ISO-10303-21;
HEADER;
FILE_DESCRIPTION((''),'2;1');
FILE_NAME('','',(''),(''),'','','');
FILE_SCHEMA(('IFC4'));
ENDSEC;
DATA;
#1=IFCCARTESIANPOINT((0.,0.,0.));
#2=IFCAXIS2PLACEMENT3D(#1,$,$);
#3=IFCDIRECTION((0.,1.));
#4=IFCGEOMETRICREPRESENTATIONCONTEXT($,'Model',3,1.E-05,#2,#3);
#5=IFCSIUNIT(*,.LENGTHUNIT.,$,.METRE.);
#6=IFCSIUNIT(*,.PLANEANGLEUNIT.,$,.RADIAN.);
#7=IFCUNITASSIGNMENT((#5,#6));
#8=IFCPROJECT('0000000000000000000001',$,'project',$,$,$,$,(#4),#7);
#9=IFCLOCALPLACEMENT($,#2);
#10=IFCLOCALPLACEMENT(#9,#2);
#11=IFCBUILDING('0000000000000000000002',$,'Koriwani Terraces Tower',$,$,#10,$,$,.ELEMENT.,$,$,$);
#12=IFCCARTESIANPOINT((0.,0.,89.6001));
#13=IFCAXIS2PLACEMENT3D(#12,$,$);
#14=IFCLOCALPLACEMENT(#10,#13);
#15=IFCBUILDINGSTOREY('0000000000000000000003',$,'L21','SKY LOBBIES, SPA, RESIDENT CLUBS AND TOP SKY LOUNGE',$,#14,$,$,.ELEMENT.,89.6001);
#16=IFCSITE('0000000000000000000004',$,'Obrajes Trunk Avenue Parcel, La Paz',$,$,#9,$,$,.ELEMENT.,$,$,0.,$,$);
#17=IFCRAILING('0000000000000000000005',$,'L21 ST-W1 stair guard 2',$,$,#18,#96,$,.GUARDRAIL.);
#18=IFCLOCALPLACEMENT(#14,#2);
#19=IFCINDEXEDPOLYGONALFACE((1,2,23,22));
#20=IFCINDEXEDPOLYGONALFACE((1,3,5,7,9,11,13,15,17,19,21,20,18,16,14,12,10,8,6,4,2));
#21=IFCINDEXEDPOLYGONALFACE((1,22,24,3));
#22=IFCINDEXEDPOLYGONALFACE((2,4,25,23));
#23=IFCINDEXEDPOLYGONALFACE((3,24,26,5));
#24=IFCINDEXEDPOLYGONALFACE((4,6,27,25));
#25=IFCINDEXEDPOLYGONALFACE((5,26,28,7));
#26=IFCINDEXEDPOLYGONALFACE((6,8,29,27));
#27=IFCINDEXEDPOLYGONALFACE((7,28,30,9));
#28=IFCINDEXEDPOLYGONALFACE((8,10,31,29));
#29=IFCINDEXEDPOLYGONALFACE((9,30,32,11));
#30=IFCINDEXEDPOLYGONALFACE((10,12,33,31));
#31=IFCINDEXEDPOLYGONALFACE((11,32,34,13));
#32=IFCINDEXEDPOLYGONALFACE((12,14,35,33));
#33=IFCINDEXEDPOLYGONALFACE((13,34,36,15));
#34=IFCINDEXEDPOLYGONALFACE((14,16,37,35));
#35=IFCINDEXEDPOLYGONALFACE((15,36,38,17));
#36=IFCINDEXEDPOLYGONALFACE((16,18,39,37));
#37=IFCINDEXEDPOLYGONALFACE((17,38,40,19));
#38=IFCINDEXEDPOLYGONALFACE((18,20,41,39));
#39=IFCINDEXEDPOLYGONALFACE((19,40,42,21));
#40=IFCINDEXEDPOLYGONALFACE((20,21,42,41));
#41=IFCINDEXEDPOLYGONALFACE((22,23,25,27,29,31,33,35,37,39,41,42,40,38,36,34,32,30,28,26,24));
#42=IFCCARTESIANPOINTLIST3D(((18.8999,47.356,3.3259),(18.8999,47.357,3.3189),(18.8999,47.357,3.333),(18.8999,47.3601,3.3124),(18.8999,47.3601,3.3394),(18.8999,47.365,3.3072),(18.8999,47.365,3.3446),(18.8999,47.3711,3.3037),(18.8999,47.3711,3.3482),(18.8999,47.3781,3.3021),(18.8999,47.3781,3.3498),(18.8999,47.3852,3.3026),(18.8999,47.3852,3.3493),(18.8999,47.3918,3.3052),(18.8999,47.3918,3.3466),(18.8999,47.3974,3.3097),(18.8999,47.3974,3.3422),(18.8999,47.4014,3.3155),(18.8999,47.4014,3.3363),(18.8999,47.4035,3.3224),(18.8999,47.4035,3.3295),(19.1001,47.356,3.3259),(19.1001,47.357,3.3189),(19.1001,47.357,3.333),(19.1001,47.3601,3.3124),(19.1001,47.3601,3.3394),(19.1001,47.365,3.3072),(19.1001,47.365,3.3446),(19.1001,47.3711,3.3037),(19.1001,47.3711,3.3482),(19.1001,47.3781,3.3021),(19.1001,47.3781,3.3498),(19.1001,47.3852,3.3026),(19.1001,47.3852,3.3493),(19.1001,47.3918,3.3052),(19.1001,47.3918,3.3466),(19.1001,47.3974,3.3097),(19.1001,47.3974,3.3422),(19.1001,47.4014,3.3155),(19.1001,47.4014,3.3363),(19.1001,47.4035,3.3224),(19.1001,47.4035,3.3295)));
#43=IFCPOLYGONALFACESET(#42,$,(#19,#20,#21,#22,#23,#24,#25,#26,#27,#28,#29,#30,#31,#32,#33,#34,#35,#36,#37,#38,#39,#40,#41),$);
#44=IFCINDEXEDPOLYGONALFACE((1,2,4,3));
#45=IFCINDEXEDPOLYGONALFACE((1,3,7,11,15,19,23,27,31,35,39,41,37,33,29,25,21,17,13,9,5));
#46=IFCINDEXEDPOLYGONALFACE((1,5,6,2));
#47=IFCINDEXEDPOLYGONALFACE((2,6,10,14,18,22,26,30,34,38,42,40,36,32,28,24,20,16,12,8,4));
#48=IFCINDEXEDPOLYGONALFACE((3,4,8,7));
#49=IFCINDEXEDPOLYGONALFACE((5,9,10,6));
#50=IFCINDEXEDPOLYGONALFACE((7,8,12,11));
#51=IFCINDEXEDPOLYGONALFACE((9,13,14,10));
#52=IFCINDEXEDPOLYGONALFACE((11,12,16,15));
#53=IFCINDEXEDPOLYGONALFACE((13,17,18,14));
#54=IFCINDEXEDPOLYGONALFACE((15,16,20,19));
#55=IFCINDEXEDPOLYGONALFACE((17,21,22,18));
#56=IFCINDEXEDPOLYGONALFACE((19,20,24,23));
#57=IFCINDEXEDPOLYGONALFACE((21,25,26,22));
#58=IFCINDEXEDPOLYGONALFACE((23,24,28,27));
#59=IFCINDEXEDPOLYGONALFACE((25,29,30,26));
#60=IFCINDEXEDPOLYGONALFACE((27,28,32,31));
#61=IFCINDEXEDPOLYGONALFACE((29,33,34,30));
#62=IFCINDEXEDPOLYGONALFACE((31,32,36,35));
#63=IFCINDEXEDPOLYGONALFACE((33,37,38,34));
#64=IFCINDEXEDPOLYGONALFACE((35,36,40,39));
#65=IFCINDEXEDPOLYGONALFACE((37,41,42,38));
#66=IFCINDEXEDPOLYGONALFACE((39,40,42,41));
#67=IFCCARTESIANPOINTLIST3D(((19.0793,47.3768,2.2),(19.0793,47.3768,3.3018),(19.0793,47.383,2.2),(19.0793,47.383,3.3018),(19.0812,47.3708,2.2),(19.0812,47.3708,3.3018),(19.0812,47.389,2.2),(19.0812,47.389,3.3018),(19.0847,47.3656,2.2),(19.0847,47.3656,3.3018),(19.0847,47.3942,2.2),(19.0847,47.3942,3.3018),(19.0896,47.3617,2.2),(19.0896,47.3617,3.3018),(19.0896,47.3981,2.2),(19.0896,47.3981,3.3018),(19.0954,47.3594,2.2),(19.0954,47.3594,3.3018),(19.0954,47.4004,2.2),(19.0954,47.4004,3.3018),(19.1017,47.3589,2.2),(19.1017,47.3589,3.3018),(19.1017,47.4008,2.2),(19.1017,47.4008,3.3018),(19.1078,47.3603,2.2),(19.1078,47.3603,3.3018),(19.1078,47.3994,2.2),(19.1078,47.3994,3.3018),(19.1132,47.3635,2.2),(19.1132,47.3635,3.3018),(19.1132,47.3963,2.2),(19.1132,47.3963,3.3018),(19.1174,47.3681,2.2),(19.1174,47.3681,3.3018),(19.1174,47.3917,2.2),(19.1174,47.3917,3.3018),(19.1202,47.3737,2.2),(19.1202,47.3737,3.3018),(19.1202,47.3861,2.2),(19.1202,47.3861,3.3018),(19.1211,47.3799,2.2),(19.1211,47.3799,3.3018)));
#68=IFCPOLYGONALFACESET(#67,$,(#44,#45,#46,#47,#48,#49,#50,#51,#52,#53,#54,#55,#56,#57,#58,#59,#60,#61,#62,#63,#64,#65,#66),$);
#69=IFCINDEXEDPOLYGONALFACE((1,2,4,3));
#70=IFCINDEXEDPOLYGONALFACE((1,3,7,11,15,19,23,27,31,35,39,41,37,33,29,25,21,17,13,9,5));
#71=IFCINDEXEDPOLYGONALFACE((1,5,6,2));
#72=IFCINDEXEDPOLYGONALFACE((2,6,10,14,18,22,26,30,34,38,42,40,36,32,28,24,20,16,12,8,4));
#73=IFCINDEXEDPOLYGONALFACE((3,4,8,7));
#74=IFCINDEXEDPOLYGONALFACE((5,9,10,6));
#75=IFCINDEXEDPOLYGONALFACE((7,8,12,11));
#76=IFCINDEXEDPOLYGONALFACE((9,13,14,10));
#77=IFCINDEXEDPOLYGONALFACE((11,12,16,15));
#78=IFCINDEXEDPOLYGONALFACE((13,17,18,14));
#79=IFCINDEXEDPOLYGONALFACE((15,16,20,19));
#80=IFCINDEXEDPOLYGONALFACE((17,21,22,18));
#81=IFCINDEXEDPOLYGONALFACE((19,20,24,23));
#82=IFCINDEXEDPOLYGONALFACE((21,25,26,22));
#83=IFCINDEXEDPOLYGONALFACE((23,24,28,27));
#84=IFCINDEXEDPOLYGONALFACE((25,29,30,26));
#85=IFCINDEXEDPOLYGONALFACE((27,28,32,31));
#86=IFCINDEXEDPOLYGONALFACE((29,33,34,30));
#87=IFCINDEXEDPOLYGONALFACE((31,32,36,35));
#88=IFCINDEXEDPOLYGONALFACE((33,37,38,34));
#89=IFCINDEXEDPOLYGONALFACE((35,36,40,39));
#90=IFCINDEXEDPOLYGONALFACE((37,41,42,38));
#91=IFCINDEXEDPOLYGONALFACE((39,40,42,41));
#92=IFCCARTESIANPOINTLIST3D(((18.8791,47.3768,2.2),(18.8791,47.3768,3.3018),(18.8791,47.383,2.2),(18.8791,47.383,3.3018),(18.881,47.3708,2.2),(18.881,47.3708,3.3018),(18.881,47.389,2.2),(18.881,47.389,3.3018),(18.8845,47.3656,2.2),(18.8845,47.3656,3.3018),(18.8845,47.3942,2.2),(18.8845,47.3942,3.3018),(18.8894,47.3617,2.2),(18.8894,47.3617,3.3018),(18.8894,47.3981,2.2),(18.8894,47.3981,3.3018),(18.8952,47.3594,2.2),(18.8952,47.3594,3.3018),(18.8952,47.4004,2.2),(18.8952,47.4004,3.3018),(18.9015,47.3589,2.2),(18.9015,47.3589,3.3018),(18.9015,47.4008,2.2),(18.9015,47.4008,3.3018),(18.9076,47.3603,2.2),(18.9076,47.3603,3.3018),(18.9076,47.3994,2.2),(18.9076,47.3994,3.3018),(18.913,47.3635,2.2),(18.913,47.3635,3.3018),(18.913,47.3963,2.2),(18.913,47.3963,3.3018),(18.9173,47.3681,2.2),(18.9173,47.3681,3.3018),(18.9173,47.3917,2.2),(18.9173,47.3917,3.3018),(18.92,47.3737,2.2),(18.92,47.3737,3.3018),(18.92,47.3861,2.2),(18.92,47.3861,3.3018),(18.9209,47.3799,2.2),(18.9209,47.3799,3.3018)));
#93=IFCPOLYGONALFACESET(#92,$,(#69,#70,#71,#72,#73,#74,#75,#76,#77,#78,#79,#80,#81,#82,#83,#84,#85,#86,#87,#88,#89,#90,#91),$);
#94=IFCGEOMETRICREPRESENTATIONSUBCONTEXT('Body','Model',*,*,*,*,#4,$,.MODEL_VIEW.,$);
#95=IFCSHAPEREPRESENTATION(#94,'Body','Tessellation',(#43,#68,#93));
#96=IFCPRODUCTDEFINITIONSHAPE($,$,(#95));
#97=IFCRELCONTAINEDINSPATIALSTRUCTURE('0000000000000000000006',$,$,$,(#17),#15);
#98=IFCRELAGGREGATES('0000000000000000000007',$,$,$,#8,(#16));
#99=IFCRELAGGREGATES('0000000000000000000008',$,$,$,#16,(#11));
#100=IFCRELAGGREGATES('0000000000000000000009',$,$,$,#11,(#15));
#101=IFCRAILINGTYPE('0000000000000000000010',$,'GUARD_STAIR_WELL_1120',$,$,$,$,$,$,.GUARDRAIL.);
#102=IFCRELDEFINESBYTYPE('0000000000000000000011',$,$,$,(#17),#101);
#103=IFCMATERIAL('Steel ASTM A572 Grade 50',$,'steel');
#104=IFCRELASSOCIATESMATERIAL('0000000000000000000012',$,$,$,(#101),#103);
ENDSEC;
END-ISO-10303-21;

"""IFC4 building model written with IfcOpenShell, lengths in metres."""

from ifc_helpers import new_model, si_unit, direction, frame, origin, origin_2d, place, context, subcontext, project, spatial, circle, extrude, material, type_object, element, save


model = new_model("IFC4")

# Units and contexts
model_context = context("Model", 3, precision=1e-05, world=origin(), true_north=direction((0.0, 1.0)))
body_context = subcontext(model_context, "Body", "Model", "MODEL_VIEW")
ifc_project = project(units=[si_unit("LENGTHUNIT", "METRE"), si_unit("PLANEANGLEUNIT", "RADIAN")], contexts=[model_context])

# Site, building, storey
site_placement = place(None, origin())
site = spatial("IfcSite", under=ifc_project, at=site_placement, Name="Obrajes Trunk Avenue Parcel, La Paz", CompositionType="ELEMENT", RefElevation=0.0)
building_placement = place(site_placement, origin())
building = spatial("IfcBuilding", under=site, at=building_placement, Name="Koriwani Terraces Tower", CompositionType="ELEMENT")
storey_placement = place(building_placement, frame((0.0, 0.0, 89.6001)))
storey = spatial("IfcBuildingStorey", under=building, at=storey_placement, Name="L21", Description="SKY LOBBIES, SPA, RESIDENT CLUBS AND TOP SKY LOUNGE", CompositionType="ELEMENT", Elevation=89.6001)

# Shared definitions
ifc_material_1 = material(Name="Steel ASTM A572 Grade 50", Category="steel")

# Railing
railing_type_1 = type_object("IfcRailingType", Name="GUARD_STAIR_WELL_1120", PredefinedType="GUARDRAIL", material=ifc_material_1)
railing_1_placement = place(storey_placement, frame((19.1001, 47.3799, 2.2)))
element("IfcRailing", 1, at=railing_1_placement, inside=storey, type_object=railing_type_1, Name="L21 ST-W1 stair guard 2", PredefinedType="GUARDRAIL", context=body_context, shape_type="SweptSolid", body=[
    extrude(circle(Radius=0.0239, at=origin_2d()), frame((0.0, 0.0, 1.126), z_axis=(-1.0, 0.0, 0.0), x_axis=(0.0, -1.0, 0.0)), (0.0, 0.0, 1.0), 0.2002),
    extrude(circle(Radius=0.021, at=origin_2d()), origin(), (0.0, 0.0, 1.0), 1.1018),
    extrude(circle(Radius=0.021, at=origin_2d()), frame((-0.2002, 0.0, 0.0)), (0.0, 0.0, 1.0), 1.1018),
])

save(model, "model.ifc")
